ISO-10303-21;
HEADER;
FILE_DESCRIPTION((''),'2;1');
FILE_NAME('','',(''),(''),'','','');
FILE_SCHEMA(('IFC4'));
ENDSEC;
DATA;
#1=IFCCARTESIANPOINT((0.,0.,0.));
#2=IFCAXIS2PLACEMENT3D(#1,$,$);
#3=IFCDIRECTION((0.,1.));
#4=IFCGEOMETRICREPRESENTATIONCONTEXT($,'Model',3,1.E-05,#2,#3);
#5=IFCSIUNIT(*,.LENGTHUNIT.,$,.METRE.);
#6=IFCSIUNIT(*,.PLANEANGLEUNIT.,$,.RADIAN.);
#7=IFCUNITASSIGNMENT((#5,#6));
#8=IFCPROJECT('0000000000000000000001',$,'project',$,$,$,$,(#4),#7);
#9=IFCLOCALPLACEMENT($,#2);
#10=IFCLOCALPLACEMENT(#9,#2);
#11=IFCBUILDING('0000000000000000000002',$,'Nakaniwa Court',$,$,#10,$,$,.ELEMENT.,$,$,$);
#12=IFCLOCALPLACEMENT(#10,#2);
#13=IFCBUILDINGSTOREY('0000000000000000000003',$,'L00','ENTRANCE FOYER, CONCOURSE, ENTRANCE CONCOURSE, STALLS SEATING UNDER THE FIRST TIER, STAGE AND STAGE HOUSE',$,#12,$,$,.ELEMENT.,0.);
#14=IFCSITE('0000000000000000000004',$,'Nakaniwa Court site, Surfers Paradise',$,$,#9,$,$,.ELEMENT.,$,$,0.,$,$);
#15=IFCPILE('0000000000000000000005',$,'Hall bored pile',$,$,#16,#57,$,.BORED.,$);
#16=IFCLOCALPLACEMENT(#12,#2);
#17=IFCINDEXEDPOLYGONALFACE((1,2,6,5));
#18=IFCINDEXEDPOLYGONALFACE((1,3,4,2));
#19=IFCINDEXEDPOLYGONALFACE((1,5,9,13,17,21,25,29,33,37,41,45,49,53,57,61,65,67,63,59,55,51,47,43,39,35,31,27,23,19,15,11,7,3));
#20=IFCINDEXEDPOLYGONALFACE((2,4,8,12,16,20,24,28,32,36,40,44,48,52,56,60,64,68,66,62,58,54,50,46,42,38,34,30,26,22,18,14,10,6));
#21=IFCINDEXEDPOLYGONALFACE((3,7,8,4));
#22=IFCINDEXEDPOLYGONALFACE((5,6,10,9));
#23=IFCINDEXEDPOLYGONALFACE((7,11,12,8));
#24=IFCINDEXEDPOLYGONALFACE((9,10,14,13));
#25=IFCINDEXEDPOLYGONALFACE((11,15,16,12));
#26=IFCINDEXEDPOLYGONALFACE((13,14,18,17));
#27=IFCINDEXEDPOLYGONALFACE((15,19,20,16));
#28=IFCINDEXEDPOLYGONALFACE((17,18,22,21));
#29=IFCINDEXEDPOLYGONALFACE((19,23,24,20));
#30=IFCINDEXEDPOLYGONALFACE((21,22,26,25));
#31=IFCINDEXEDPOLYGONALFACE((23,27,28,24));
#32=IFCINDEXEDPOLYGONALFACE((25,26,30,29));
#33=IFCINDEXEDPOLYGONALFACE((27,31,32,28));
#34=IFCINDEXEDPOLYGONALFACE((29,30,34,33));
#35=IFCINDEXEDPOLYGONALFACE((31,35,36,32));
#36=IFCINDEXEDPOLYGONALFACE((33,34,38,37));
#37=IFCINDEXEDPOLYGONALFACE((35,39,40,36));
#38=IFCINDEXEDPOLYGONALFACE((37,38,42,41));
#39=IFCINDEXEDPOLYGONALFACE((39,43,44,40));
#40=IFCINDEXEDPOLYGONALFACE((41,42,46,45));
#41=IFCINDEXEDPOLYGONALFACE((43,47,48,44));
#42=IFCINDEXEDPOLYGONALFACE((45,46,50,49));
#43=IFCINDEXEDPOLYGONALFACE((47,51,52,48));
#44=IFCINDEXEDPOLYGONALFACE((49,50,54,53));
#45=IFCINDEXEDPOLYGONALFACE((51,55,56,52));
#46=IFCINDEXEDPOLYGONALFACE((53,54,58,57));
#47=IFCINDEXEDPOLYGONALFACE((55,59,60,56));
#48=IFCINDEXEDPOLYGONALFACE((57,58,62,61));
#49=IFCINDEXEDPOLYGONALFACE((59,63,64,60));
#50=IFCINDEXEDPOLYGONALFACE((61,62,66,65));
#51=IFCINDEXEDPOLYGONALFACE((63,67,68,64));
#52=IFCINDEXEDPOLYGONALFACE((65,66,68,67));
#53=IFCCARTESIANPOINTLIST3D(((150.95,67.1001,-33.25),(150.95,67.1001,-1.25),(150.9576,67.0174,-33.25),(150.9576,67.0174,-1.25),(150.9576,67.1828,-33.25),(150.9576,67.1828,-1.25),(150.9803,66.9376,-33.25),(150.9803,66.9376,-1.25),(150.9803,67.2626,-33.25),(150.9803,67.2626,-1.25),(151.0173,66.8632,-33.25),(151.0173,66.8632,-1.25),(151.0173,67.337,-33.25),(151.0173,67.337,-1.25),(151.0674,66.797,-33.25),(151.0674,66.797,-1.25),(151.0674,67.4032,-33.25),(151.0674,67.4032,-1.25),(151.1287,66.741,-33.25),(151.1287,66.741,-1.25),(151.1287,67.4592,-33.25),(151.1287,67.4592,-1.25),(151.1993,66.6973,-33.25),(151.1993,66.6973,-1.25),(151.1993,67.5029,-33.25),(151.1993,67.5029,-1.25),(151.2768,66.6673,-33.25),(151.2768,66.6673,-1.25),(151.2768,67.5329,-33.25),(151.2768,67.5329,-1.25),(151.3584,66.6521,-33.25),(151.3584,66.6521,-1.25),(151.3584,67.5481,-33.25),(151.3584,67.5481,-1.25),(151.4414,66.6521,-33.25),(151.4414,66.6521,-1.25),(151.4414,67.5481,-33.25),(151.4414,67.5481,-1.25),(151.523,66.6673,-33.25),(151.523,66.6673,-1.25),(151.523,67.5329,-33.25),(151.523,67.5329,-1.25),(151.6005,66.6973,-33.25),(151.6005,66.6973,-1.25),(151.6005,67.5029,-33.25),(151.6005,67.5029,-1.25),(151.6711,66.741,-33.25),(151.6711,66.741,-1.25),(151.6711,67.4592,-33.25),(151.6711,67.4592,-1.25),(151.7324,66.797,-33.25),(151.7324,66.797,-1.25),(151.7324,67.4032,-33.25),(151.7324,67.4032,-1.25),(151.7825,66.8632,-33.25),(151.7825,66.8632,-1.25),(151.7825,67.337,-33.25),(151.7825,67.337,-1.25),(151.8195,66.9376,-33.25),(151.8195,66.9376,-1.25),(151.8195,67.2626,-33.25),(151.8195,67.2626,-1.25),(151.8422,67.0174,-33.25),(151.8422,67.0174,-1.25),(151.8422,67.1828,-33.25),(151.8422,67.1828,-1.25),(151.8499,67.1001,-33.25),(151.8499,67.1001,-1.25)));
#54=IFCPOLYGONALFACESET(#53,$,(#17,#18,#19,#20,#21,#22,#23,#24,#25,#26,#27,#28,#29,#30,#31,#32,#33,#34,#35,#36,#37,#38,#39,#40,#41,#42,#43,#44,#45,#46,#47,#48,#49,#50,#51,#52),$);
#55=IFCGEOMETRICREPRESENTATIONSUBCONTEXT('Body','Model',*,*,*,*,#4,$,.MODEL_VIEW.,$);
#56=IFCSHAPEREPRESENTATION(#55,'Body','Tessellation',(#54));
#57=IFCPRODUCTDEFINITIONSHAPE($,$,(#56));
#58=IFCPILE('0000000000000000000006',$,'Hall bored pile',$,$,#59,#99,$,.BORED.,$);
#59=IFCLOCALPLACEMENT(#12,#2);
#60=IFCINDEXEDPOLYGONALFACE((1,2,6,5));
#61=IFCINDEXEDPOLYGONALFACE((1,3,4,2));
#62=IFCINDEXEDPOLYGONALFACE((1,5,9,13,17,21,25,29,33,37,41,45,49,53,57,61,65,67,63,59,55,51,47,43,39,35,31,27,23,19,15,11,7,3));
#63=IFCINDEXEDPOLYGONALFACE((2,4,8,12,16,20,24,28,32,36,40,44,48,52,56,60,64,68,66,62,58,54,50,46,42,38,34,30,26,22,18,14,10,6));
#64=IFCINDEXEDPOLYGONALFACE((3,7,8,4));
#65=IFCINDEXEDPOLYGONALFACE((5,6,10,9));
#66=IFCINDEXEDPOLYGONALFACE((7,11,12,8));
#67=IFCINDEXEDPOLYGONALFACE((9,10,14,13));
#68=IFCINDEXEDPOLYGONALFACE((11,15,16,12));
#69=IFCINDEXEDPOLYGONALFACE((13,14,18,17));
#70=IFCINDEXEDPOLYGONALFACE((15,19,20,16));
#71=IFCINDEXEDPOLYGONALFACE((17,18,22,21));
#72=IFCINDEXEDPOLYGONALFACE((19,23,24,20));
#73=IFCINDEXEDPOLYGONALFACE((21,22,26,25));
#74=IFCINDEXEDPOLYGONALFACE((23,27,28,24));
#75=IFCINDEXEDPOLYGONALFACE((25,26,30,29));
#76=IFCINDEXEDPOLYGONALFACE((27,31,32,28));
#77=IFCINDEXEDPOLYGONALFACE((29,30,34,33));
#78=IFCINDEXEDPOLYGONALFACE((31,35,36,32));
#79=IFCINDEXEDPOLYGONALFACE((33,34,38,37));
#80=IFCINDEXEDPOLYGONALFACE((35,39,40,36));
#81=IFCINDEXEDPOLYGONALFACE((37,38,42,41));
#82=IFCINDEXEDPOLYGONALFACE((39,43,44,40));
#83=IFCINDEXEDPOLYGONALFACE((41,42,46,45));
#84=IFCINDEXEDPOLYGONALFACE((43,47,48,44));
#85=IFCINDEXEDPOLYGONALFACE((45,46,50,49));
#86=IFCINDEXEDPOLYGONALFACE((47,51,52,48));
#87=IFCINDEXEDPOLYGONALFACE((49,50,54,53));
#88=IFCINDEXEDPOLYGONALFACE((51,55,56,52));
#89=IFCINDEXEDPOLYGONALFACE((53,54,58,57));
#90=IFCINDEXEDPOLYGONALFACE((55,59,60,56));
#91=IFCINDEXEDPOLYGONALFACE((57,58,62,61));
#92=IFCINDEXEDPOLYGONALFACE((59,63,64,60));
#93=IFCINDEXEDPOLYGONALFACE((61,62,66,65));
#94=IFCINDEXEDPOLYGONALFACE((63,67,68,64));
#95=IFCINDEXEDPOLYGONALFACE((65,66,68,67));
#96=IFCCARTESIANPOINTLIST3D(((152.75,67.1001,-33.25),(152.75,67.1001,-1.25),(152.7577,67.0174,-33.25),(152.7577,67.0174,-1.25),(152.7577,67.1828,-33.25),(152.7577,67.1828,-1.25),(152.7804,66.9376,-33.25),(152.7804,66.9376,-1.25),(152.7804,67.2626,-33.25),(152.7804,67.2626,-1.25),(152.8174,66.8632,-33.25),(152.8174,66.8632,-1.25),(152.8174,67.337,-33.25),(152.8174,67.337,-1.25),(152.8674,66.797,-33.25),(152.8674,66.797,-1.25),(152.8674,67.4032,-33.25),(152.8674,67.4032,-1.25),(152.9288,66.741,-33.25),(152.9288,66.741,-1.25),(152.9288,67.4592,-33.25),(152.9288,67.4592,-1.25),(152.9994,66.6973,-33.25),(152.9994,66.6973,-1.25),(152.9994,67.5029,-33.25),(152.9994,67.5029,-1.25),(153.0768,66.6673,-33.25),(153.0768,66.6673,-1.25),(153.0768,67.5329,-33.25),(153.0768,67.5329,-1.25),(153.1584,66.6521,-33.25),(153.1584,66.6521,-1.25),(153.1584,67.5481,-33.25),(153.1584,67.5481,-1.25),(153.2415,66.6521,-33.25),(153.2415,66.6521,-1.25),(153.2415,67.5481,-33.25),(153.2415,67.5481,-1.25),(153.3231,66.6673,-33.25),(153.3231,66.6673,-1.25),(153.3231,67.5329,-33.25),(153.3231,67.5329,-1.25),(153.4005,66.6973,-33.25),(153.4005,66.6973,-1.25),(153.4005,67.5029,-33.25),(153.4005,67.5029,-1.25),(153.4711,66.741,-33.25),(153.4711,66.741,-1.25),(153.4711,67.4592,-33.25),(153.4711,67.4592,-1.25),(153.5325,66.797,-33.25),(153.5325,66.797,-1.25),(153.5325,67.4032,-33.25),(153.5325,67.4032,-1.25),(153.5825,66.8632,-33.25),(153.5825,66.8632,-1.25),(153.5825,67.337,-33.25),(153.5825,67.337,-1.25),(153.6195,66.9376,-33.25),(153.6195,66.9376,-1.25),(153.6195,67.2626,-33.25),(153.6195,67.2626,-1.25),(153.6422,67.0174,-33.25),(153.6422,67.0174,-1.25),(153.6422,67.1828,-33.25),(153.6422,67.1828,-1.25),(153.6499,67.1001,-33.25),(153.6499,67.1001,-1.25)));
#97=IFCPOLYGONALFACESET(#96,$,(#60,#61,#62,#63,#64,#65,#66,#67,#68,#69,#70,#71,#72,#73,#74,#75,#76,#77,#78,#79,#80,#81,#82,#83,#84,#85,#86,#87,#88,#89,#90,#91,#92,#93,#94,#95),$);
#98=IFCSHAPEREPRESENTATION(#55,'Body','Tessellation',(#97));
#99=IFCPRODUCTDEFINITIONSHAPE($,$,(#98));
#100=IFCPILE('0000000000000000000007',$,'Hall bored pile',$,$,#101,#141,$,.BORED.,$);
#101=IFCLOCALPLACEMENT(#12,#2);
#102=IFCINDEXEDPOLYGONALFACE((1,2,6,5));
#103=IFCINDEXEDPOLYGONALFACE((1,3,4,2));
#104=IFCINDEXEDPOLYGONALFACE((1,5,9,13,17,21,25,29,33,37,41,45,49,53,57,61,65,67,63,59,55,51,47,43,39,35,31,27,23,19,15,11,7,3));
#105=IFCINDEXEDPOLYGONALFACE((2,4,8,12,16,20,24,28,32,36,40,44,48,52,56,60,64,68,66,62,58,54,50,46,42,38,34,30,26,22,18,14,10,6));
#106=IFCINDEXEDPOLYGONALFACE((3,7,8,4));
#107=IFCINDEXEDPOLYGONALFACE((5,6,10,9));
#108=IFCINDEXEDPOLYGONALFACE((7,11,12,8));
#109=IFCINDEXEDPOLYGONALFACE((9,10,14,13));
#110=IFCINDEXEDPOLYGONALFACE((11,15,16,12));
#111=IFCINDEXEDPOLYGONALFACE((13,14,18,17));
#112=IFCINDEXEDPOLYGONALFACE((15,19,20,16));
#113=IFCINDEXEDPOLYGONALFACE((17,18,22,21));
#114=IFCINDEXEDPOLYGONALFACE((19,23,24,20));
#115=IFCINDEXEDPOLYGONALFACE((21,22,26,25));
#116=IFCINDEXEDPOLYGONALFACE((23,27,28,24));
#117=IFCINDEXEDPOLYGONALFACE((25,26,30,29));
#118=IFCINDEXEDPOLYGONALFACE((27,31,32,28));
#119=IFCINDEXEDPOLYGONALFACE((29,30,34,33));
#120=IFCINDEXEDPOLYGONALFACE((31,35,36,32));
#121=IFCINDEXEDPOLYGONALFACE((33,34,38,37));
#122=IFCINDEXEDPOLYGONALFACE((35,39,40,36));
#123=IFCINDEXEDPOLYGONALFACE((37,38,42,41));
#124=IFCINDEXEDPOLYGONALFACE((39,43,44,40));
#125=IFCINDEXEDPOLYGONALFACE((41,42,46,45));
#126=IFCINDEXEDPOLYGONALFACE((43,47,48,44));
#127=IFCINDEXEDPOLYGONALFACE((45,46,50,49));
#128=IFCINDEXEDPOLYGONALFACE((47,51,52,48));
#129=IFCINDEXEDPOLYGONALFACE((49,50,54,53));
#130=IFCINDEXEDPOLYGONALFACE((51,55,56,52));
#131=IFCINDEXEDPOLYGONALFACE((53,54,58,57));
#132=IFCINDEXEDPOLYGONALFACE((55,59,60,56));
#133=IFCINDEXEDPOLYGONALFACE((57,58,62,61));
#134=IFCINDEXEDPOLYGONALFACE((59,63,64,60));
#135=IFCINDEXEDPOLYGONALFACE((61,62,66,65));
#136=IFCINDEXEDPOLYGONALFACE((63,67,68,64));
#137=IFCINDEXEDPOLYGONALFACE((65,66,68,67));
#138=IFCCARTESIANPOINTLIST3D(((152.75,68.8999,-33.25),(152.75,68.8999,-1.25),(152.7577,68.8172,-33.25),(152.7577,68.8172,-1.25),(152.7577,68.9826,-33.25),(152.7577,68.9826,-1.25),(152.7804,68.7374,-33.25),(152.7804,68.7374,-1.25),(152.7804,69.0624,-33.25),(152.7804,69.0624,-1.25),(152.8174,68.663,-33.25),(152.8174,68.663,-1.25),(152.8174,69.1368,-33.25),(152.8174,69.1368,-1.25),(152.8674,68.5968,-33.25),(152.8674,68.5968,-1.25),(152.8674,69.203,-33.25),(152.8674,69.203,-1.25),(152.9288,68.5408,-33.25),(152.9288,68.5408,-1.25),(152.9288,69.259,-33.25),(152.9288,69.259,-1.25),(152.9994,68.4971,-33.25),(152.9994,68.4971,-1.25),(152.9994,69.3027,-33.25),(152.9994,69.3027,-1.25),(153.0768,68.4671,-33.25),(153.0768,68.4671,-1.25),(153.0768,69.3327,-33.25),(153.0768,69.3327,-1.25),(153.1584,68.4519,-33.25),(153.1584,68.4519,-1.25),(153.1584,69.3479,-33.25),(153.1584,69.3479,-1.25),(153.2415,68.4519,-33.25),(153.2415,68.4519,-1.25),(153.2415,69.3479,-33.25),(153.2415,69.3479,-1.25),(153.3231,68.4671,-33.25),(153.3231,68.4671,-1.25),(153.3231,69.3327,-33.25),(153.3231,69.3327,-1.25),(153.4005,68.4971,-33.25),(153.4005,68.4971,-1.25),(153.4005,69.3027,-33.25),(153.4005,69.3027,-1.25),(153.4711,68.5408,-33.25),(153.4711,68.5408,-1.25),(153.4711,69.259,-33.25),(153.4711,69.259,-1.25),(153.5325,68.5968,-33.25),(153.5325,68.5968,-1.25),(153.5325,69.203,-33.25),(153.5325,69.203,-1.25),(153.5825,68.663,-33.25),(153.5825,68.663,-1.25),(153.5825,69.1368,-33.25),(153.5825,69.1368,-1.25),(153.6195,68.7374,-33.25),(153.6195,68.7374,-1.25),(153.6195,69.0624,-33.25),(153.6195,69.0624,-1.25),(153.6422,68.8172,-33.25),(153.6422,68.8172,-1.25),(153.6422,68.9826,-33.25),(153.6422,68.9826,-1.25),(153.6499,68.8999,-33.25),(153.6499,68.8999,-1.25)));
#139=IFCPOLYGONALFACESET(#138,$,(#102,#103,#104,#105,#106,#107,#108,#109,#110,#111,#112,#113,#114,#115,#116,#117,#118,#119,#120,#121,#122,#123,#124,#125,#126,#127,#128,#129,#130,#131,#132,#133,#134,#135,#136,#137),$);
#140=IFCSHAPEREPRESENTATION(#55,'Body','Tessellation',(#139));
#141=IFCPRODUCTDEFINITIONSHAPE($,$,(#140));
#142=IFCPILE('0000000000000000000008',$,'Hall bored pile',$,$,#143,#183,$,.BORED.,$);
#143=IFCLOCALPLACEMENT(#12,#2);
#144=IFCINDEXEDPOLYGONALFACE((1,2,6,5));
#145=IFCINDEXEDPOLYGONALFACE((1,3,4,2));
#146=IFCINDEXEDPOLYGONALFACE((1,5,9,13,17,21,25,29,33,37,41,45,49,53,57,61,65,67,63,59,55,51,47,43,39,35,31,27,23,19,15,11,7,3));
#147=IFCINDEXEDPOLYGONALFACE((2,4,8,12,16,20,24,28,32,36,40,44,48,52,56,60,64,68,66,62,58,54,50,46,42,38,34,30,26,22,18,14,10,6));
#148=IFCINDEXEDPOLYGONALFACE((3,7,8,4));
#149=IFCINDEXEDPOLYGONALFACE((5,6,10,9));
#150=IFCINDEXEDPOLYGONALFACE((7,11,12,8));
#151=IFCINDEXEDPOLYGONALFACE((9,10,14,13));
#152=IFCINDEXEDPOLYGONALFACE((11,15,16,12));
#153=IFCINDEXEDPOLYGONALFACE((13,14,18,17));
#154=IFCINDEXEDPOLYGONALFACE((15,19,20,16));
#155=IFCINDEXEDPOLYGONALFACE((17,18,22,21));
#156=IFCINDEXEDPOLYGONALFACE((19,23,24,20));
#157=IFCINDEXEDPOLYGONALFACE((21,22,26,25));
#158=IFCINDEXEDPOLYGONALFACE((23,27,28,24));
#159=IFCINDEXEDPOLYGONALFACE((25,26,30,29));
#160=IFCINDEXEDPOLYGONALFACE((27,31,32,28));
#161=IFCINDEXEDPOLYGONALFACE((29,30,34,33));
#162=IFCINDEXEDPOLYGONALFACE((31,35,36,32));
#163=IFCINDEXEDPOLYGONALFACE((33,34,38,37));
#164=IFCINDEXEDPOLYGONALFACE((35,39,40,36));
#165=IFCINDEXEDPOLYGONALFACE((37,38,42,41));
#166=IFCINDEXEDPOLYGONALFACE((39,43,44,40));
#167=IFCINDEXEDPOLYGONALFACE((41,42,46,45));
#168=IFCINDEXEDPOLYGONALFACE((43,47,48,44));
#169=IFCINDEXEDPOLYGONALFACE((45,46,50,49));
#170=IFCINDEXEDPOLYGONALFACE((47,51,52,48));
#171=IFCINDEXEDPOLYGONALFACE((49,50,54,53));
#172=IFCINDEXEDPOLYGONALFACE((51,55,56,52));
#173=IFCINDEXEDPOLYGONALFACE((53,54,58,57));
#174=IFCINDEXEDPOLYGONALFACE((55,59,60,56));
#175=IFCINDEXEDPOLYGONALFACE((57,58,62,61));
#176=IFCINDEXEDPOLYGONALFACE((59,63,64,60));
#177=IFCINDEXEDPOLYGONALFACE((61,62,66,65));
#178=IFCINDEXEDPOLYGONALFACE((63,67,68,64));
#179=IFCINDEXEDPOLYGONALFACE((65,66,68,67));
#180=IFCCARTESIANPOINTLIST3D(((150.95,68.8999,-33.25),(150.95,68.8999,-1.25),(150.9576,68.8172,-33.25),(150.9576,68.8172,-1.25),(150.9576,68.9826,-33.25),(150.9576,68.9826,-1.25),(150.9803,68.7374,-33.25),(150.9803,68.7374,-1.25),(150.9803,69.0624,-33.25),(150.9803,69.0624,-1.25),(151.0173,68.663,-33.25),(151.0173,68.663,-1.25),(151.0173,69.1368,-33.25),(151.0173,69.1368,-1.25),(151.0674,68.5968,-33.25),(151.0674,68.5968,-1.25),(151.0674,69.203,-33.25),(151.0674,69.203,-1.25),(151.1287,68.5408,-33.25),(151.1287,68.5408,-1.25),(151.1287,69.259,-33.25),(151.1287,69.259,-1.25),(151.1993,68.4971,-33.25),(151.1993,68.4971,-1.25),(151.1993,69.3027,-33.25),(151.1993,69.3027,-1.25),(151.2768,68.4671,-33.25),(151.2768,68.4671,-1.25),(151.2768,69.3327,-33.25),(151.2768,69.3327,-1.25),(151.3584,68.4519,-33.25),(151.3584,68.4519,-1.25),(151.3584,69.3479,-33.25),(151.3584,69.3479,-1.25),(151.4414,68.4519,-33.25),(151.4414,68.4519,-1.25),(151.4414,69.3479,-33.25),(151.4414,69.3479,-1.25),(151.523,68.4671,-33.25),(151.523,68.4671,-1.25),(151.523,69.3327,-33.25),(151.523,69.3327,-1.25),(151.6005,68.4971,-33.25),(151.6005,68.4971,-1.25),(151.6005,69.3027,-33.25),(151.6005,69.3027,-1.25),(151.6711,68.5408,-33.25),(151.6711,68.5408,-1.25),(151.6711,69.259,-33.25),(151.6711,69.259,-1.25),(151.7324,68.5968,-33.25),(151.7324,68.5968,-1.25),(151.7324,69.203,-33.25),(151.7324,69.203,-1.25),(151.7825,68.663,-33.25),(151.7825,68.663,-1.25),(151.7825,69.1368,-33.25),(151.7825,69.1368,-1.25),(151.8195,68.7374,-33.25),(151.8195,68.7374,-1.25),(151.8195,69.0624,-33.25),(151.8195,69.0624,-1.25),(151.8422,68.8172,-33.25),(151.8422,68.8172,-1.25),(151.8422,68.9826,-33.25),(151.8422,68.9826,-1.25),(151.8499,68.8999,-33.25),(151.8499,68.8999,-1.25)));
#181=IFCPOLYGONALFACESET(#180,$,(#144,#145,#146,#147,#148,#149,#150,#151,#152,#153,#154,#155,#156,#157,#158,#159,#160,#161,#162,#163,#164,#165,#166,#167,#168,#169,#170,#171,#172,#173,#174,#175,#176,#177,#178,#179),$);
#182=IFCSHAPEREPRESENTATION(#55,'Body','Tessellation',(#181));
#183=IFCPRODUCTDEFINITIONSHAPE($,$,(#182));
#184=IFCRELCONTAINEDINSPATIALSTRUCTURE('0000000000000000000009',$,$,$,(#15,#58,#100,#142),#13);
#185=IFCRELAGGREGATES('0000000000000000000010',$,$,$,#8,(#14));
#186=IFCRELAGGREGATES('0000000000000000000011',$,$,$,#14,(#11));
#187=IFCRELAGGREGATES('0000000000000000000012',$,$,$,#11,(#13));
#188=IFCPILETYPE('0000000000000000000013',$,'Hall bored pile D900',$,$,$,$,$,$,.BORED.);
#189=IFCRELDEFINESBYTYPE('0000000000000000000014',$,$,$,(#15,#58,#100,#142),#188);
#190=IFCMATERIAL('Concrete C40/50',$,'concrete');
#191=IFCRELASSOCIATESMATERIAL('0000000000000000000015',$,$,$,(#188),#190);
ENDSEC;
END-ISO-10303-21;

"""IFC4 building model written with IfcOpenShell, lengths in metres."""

from ifc_helpers import new_model, si_unit, direction, frame, origin, origin_2d, place, context, subcontext, project, spatial, circle, extrude, material, material_profile, profile_set, type_object, element, save


model = new_model("IFC4")

# Units and contexts
model_context = context("Model", 3, precision=1e-05, world=origin(), true_north=direction((0.0, 1.0)))
body_context = subcontext(model_context, "Body", "Model", "MODEL_VIEW")
ifc_project = project(units=[si_unit("LENGTHUNIT", "METRE"), si_unit("PLANEANGLEUNIT", "RADIAN")], contexts=[model_context])

# Site, building, storey
site_placement = place(None, origin())
site = spatial("IfcSite", under=ifc_project, at=site_placement, Name="Nakaniwa Court site, Surfers Paradise", CompositionType="ELEMENT", RefElevation=0.0)
building_placement = place(site_placement, origin())
building = spatial("IfcBuilding", under=site, at=building_placement, Name="Nakaniwa Court", CompositionType="ELEMENT")
storey_placement = place(building_placement, origin())
storey = spatial("IfcBuildingStorey", under=building, at=storey_placement, Name="L00", Description="ENTRANCE FOYER, CONCOURSE, ENTRANCE CONCOURSE, STALLS SEATING UNDER THE FIRST TIER, STAGE AND STAGE HOUSE", CompositionType="ELEMENT", Elevation=0.0)

# Piles
ifc_material_1 = material(Name="Concrete C40/50", Category="concrete")
ifc_material_profile_1 = material_profile(ifc_material_1, circle(Radius=0.45, at=origin_2d()), Name="Bored pile D900")
ifc_profile_set_1 = profile_set([ifc_material_profile_1], Name="Concrete C40/50")
pile_type = type_object("IfcPileType", Name="Hall bored pile D900", PredefinedType="BORED", material=ifc_profile_set_1)
for number, where, z_axis, x_axis, name in (
    (1, (151.3999, 67.1001, -1.25), (0.0, 0.0, -1.0), (1.0, 0.0, 0.0), "Hall bored pile"),
    (2, (153.2, 67.1001, -1.25), (0.0, 0.0, -1.0), (1.0, 0.0, 0.0), "Hall bored pile"),
    (3, (153.2, 68.8999, -1.25), (0.0, 0.0, -1.0), (1.0, 0.0, 0.0), "Hall bored pile"),
    (4, (151.3999, 68.8999, -1.25), (0.0, 0.0, -1.0), (1.0, 0.0, 0.0), "Hall bored pile"),
):
    element("IfcPile", number, at=place(storey_placement, frame(where, z_axis=z_axis, x_axis=x_axis)), inside=storey, type_object=pile_type, Name=name, PredefinedType="BORED", context=body_context, shape_type="SweptSolid", body=[
        extrude(circle(Radius=0.45, at=origin_2d()), origin(), (0.0, 0.0, 1.0), 32.0),
    ])

save(model, "model.ifc")
